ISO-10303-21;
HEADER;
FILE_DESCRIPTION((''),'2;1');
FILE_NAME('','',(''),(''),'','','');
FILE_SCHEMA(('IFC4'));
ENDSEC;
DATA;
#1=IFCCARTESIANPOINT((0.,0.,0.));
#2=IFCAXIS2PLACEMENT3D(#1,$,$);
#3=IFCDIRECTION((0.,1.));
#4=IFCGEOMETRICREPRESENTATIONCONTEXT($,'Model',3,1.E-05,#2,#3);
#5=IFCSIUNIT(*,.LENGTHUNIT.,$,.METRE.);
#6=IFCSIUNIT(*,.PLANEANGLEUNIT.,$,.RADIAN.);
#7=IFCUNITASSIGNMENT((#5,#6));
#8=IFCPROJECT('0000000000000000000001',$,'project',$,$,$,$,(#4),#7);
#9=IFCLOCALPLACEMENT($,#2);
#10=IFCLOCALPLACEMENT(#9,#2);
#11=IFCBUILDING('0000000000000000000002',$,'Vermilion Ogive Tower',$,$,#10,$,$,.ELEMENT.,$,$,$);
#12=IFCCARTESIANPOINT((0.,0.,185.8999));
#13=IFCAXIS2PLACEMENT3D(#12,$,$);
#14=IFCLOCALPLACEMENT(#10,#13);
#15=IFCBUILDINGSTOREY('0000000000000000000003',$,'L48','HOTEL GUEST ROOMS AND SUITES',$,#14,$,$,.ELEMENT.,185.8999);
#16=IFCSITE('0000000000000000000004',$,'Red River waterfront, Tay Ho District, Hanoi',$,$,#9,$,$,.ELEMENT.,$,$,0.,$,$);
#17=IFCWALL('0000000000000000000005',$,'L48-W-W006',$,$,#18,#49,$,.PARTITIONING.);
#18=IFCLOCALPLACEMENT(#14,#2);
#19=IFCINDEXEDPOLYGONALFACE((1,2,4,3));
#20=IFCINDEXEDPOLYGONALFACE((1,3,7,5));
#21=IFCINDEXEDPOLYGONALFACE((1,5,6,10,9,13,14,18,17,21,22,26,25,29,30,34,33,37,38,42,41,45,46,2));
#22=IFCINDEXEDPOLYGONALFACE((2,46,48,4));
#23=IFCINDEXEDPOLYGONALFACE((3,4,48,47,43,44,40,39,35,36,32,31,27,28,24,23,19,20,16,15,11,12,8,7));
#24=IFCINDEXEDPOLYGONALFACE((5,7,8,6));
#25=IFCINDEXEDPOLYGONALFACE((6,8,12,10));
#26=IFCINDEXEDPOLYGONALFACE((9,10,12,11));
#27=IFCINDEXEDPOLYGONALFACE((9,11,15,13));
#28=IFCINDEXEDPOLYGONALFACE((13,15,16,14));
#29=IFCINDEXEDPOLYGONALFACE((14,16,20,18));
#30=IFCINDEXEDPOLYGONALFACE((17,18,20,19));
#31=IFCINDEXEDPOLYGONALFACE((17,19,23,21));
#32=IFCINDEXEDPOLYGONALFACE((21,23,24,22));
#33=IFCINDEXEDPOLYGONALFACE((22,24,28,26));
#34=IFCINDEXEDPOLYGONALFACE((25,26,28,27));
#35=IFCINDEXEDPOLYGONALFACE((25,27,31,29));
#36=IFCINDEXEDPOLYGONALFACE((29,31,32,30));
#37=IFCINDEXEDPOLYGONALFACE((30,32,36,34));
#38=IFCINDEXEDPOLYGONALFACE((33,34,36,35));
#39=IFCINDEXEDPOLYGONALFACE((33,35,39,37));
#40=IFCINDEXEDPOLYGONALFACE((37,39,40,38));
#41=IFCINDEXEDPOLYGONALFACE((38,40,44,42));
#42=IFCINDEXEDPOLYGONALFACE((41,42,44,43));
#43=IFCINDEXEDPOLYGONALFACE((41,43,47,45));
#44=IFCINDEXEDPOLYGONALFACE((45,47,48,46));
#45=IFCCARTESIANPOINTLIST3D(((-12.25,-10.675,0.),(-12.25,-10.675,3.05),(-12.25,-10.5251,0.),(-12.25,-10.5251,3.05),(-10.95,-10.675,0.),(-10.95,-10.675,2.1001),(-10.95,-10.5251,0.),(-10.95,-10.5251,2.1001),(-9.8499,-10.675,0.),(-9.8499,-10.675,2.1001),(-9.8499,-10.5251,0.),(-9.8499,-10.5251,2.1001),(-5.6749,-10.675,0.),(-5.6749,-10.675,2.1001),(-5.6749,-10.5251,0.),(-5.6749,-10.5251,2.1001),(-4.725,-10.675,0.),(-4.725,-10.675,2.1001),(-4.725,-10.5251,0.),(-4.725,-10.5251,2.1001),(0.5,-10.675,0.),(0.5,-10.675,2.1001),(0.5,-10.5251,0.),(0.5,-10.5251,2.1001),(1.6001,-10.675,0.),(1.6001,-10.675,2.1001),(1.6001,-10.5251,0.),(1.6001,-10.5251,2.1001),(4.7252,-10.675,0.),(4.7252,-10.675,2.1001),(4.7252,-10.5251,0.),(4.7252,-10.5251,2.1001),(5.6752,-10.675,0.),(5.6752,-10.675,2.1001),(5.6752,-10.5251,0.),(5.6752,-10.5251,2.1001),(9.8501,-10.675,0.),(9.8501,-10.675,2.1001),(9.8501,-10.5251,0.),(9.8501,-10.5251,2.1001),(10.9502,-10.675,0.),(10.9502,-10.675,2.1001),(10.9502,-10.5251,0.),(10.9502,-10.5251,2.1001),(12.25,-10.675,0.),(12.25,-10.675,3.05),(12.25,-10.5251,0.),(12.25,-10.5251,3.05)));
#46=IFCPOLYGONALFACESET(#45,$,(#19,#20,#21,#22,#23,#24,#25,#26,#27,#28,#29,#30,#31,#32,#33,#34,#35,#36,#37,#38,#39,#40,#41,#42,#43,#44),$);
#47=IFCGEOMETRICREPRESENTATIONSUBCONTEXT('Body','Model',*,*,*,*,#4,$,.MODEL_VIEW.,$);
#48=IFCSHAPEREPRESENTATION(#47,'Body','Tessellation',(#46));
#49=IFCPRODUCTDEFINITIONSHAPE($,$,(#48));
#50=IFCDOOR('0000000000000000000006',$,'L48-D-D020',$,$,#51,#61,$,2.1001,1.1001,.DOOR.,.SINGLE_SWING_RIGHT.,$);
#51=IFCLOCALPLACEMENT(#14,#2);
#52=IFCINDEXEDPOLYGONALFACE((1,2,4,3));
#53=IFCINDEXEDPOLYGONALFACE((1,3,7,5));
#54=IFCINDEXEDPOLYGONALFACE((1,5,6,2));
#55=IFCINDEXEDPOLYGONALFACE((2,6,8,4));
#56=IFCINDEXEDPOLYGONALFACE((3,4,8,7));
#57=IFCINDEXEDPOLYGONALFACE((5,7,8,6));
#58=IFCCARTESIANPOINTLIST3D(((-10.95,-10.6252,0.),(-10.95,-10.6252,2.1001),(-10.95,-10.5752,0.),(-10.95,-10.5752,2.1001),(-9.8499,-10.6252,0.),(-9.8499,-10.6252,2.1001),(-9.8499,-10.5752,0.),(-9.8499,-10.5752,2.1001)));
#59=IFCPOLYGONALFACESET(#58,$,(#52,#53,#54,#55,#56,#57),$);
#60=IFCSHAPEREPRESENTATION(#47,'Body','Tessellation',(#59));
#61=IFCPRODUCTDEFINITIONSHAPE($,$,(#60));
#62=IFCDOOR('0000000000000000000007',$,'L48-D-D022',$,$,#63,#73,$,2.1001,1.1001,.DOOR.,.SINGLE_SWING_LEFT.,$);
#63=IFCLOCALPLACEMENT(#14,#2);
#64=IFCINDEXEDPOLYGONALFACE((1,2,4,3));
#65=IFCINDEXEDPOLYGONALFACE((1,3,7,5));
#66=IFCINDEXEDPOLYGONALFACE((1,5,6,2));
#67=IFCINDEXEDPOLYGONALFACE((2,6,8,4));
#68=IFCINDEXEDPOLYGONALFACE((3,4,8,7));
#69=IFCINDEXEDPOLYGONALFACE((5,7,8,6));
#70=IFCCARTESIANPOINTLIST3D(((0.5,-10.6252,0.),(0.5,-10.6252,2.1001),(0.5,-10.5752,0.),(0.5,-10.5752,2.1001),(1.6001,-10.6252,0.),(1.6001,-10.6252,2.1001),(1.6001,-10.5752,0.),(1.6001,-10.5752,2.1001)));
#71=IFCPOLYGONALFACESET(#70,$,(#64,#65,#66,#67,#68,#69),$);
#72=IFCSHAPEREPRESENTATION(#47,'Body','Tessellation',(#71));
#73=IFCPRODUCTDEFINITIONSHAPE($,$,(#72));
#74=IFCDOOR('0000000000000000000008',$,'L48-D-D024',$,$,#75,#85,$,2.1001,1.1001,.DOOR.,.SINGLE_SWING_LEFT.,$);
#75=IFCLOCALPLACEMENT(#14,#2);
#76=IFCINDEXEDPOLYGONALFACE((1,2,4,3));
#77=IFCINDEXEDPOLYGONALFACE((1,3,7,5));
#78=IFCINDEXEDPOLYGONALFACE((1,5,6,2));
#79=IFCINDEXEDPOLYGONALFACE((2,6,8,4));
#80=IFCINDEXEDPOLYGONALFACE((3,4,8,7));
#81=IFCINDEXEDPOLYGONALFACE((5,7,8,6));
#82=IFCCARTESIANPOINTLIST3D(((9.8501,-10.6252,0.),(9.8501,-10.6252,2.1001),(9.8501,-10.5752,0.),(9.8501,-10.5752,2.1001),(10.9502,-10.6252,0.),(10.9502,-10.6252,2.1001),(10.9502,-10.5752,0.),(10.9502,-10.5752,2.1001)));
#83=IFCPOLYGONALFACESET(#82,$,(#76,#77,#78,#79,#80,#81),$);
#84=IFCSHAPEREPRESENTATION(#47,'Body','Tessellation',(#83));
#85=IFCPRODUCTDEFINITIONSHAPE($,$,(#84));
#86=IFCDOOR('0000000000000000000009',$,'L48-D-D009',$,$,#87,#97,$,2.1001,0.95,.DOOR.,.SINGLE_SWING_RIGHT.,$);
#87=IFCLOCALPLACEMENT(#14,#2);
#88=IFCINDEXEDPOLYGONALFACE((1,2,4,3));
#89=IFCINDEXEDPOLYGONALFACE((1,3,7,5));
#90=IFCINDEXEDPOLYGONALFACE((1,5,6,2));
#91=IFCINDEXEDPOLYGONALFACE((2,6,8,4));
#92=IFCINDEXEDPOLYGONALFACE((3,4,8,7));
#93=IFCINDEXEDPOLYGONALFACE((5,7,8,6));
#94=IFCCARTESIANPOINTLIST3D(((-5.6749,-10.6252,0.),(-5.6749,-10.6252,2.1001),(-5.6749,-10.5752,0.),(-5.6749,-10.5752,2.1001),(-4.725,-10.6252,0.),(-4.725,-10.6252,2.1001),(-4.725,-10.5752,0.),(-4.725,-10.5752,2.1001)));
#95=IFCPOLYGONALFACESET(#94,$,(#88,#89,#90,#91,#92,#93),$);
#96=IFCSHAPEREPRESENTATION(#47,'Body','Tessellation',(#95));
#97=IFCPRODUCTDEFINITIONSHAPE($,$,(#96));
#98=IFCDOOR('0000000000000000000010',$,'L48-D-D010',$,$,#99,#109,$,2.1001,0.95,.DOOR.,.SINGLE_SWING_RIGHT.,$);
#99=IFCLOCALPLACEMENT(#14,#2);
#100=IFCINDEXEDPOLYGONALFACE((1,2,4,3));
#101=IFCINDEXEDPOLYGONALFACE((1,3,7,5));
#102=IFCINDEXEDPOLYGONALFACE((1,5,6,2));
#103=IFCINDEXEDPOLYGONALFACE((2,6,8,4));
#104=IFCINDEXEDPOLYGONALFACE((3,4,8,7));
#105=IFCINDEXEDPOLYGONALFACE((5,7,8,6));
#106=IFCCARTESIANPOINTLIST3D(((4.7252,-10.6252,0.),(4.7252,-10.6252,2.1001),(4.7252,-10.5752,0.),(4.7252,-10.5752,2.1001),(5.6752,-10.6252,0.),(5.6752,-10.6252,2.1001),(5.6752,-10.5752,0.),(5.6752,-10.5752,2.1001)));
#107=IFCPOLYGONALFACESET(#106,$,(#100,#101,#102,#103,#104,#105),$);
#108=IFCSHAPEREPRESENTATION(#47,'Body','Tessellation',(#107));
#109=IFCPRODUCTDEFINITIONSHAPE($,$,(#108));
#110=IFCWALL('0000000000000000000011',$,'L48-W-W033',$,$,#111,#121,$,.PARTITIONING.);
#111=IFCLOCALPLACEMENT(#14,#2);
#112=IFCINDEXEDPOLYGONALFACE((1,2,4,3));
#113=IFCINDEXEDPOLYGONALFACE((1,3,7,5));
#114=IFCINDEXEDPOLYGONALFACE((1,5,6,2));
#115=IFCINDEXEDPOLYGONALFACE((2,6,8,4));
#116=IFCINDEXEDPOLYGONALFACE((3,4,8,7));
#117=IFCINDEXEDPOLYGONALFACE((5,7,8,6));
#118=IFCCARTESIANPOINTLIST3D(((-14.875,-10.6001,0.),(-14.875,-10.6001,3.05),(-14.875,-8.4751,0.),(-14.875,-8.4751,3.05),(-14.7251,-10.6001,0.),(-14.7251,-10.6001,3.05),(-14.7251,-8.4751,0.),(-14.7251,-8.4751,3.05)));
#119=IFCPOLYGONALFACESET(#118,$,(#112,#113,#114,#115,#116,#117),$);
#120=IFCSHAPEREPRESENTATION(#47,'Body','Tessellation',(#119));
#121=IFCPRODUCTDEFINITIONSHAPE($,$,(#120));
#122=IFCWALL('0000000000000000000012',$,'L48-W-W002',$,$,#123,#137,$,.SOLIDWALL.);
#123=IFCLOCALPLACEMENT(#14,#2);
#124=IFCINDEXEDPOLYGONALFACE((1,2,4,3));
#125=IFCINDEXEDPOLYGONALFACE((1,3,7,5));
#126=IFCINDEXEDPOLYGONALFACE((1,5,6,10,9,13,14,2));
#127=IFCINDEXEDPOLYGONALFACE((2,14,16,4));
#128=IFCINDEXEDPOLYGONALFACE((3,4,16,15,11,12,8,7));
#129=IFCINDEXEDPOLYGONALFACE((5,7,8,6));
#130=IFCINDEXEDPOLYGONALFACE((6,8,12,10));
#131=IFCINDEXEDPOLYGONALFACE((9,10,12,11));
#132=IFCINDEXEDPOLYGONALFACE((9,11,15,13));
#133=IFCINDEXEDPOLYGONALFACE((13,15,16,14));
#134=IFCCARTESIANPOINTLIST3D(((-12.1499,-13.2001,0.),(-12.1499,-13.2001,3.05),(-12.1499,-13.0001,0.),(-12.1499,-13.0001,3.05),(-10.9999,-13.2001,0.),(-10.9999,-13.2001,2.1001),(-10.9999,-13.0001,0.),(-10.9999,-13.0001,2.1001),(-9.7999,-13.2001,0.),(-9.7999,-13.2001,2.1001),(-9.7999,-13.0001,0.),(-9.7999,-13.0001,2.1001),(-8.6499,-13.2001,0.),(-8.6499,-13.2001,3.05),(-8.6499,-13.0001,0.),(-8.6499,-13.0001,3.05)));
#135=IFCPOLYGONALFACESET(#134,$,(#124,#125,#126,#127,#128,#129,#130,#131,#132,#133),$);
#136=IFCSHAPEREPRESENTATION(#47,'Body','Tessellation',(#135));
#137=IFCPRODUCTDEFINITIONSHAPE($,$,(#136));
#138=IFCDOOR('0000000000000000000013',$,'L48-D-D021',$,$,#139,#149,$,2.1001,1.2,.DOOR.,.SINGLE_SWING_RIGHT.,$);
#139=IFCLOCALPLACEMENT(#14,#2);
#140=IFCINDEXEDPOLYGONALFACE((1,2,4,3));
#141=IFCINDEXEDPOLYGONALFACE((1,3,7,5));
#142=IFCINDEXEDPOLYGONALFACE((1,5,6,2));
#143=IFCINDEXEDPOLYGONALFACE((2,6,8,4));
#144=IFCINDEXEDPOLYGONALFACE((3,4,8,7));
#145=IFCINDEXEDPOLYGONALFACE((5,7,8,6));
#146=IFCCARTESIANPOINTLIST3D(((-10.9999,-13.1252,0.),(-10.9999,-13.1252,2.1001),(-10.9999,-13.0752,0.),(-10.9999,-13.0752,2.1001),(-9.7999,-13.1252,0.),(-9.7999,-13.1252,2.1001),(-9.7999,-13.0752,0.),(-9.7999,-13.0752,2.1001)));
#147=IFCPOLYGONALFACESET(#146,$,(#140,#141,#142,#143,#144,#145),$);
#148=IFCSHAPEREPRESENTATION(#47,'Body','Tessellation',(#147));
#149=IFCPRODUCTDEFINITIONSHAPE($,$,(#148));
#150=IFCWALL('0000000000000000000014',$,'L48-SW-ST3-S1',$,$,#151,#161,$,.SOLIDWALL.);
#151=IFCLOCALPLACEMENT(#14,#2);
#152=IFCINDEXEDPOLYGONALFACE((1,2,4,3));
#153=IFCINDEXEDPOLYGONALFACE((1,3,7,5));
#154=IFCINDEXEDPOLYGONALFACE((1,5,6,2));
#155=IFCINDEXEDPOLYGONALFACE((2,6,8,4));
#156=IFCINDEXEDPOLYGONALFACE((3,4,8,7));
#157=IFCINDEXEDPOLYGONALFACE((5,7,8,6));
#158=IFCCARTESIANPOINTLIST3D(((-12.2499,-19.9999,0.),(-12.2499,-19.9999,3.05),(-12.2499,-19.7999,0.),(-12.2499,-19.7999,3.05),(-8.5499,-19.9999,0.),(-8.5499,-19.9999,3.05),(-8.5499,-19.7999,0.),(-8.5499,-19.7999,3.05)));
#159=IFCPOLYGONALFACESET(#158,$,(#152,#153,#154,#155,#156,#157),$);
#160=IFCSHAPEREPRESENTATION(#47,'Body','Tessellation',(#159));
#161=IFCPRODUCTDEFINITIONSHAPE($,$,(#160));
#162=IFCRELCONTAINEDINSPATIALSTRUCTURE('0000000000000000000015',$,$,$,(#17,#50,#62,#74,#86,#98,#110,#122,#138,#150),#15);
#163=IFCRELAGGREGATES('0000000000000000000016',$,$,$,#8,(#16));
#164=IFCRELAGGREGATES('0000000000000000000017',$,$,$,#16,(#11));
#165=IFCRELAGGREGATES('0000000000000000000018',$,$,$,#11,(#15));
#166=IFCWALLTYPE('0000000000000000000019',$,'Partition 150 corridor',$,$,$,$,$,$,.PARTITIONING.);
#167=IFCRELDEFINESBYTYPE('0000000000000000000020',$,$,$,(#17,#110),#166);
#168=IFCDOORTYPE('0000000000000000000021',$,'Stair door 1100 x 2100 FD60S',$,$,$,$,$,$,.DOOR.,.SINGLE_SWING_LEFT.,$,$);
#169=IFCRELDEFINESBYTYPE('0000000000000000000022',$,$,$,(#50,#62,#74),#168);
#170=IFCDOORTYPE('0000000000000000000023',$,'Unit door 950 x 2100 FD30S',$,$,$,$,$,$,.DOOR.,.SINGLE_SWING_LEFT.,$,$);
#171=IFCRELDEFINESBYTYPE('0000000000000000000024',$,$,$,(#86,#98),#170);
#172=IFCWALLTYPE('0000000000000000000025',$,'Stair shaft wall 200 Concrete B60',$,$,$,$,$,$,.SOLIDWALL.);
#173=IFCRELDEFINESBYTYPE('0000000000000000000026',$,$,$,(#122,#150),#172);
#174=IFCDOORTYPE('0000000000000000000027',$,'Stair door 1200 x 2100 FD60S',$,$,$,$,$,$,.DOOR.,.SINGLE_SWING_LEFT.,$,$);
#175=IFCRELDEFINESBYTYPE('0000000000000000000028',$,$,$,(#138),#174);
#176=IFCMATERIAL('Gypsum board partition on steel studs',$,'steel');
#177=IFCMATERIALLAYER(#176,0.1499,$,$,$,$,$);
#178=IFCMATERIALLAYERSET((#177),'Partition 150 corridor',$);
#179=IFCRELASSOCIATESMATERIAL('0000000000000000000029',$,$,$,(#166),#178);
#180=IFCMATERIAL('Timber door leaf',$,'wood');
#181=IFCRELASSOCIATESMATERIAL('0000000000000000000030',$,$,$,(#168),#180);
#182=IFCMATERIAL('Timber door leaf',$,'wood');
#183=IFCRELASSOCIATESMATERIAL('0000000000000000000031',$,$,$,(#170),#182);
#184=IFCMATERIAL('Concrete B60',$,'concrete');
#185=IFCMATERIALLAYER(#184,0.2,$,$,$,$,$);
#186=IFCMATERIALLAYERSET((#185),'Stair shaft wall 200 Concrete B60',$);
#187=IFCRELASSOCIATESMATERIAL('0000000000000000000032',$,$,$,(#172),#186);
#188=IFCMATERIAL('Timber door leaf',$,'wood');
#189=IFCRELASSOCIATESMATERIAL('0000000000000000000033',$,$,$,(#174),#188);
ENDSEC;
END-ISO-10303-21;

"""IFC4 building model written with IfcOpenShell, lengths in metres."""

from ifc_helpers import new_model, si_unit, direction, frame, frame_2d, origin, place, context, subcontext, project, spatial, rectangle, extrude, material, layer, layer_set, type_object, element, fill, save


model = new_model("IFC4")

# Units and contexts
model_context = context("Model", 3, precision=1e-05, world=origin(), true_north=direction((0.0, 1.0)))
body_context = subcontext(model_context, "Body", "Model", "MODEL_VIEW")
ifc_project = project(units=[si_unit("LENGTHUNIT", "METRE"), si_unit("PLANEANGLEUNIT", "RADIAN")], contexts=[model_context])

# Site, building, storey
site_placement = place(None, origin())
site = spatial("IfcSite", under=ifc_project, at=site_placement, Name="Red River waterfront, Tay Ho District, Hanoi", CompositionType="ELEMENT", RefElevation=0.0)
building_placement = place(site_placement, origin())
building = spatial("IfcBuilding", under=site, at=building_placement, Name="Vermilion Ogive Tower", CompositionType="ELEMENT")
storey_placement = place(building_placement, frame((0.0, 0.0, 185.8999)))
storey = spatial("IfcBuildingStorey", under=building, at=storey_placement, Name="L48", Description="HOTEL GUEST ROOMS AND SUITES", CompositionType="ELEMENT", Elevation=185.8999)

# Wall, openings, doors
ifc_material_1 = material(Name="Gypsum board partition on steel studs", Category="steel")
ifc_layer_1 = layer(ifc_material_1, 0.1499)
ifc_layer_set_1 = layer_set([ifc_layer_1], Name="Partition 150 corridor")
wall_type_1 = type_object("IfcWallType", Name="Partition 150 corridor", PredefinedType="PARTITIONING", material=ifc_layer_set_1)
wall_1_placement = place(storey_placement, frame((-12.25, -10.6001, 0.0), z_axis=(0.0, 0.0, 1.0), x_axis=(1.0, 0.0, 0.0)))
wall_1 = element("IfcWall", 1, at=wall_1_placement, inside=storey, type_object=wall_type_1, Name="L48-W-W006", PredefinedType="PARTITIONING", context=body_context, shape_type="SweptSolid", body=[
    extrude(rectangle(XDim=24.5, YDim=0.1499, at=frame_2d((12.25, 0.0))), origin(), (0.0, 0.0, 1.0), 3.05),
])
opening_1_placement = place(wall_1_placement, frame((6.575, 0.0, 0.0)))
opening_1 = element("IfcOpeningElement", 2, at=opening_1_placement, cuts=wall_1, PredefinedType="OPENING", context=body_context, shape_type="SweptSolid", body=[
    extrude(rectangle(XDim=0.95, YDim=2.1001, at=frame_2d((0.4751, 1.05))), frame((0.0, 0.085, 0.0), z_axis=(0.0, -1.0, 0.0), x_axis=(1.0, 0.0, 0.0)), (0.0, 0.0, 1.0), 0.1699),
])
opening_2_placement = place(wall_1_placement, frame((16.9751, 0.0, 0.0)))
opening_2 = element("IfcOpeningElement", 3, at=opening_2_placement, cuts=wall_1, PredefinedType="OPENING", context=body_context, shape_type="SweptSolid", body=[
    extrude(rectangle(XDim=0.95, YDim=2.1001, at=frame_2d((0.4751, 1.05))), frame((0.0, 0.085, 0.0), z_axis=(0.0, -1.0, 0.0), x_axis=(1.0, 0.0, 0.0)), (0.0, 0.0, 1.0), 0.1699),
])
opening_3_placement = place(wall_1_placement, frame((1.3, 0.0, 0.0)))
opening_3 = element("IfcOpeningElement", 4, at=opening_3_placement, cuts=wall_1, PredefinedType="OPENING", context=body_context, shape_type="SweptSolid", body=[
    extrude(rectangle(XDim=1.1001, YDim=2.1001, at=frame_2d((0.55, 1.05))), frame((0.0, 0.085, 0.0), z_axis=(0.0, -1.0, 0.0), x_axis=(1.0, 0.0, 0.0)), (0.0, 0.0, 1.0), 0.1699),
])
opening_4_placement = place(wall_1_placement, frame((12.75, 0.0, 0.0)))
opening_4 = element("IfcOpeningElement", 5, at=opening_4_placement, cuts=wall_1, PredefinedType="OPENING", context=body_context, shape_type="SweptSolid", body=[
    extrude(rectangle(XDim=1.1001, YDim=2.1001, at=frame_2d((0.55, 1.05))), frame((0.0, 0.085, 0.0), z_axis=(0.0, -1.0, 0.0), x_axis=(1.0, 0.0, 0.0)), (0.0, 0.0, 1.0), 0.1699),
])
opening_5_placement = place(wall_1_placement, frame((22.1001, 0.0, 0.0)))
opening_5 = element("IfcOpeningElement", 6, at=opening_5_placement, cuts=wall_1, PredefinedType="OPENING", context=body_context, shape_type="SweptSolid", body=[
    extrude(rectangle(XDim=1.1001, YDim=2.1001, at=frame_2d((0.55, 1.05))), frame((0.0, 0.085, 0.0), z_axis=(0.0, -1.0, 0.0), x_axis=(1.0, 0.0, 0.0)), (0.0, 0.0, 1.0), 0.1699),
])
ifc_material_2 = material(Name="Timber door leaf", Category="wood")
door_type_1 = type_object("IfcDoorType", Name="Stair door 1100 x 2100 FD60S", OperationType="SINGLE_SWING_LEFT", PredefinedType="DOOR", material=ifc_material_2)
door_1_placement = place(opening_3_placement, origin())
door_1 = element("IfcDoor", 7, at=door_1_placement, inside=storey, type_object=door_type_1, Name="L48-D-D020", OperationType="SINGLE_SWING_RIGHT", OverallHeight=2.1001, OverallWidth=1.1001, PredefinedType="DOOR", context=body_context, shape_type="SweptSolid", body=[
    extrude(rectangle(XDim=1.1001, YDim=2.1001, at=frame_2d((0.55, 1.05))), frame((0.0, 0.0249, 0.0), z_axis=(0.0, -1.0, 0.0), x_axis=(1.0, 0.0, 0.0)), (0.0, 0.0, 1.0), 0.05),
])
fill(opening_3, door_1)
door_2_placement = place(opening_4_placement, origin())
door_2 = element("IfcDoor", 8, at=door_2_placement, inside=storey, type_object=door_type_1, Name="L48-D-D022", OperationType="SINGLE_SWING_LEFT", OverallHeight=2.1001, OverallWidth=1.1001, PredefinedType="DOOR", context=body_context, shape_type="SweptSolid", body=[
    extrude(rectangle(XDim=1.1001, YDim=2.1001, at=frame_2d((0.55, 1.05))), frame((0.0, 0.0249, 0.0), z_axis=(0.0, -1.0, 0.0), x_axis=(1.0, 0.0, 0.0)), (0.0, 0.0, 1.0), 0.05),
])
fill(opening_4, door_2)
door_3_placement = place(opening_5_placement, origin())
door_3 = element("IfcDoor", 9, at=door_3_placement, inside=storey, type_object=door_type_1, Name="L48-D-D024", OperationType="SINGLE_SWING_LEFT", OverallHeight=2.1001, OverallWidth=1.1001, PredefinedType="DOOR", context=body_context, shape_type="SweptSolid", body=[
    extrude(rectangle(XDim=1.1001, YDim=2.1001, at=frame_2d((0.55, 1.05))), frame((0.0, 0.0249, 0.0), z_axis=(0.0, -1.0, 0.0), x_axis=(1.0, 0.0, 0.0)), (0.0, 0.0, 1.0), 0.05),
])
fill(opening_5, door_3)
ifc_material_3 = material(Name="Timber door leaf", Category="wood")
door_type_2 = type_object("IfcDoorType", Name="Unit door 950 x 2100 FD30S", OperationType="SINGLE_SWING_LEFT", PredefinedType="DOOR", material=ifc_material_3)
door_4_placement = place(opening_1_placement, origin())
door_4 = element("IfcDoor", 10, at=door_4_placement, inside=storey, type_object=door_type_2, Name="L48-D-D009", OperationType="SINGLE_SWING_RIGHT", OverallHeight=2.1001, OverallWidth=0.95, PredefinedType="DOOR", context=body_context, shape_type="SweptSolid", body=[
    extrude(rectangle(XDim=0.95, YDim=2.1001, at=frame_2d((0.4751, 1.05))), frame((0.0, 0.0249, 0.0), z_axis=(0.0, -1.0, 0.0), x_axis=(1.0, 0.0, 0.0)), (0.0, 0.0, 1.0), 0.05),
])
fill(opening_1, door_4)
door_5_placement = place(opening_2_placement, origin())
door_5 = element("IfcDoor", 11, at=door_5_placement, inside=storey, type_object=door_type_2, Name="L48-D-D010", OperationType="SINGLE_SWING_RIGHT", OverallHeight=2.1001, OverallWidth=0.95, PredefinedType="DOOR", context=body_context, shape_type="SweptSolid", body=[
    extrude(rectangle(XDim=0.95, YDim=2.1001, at=frame_2d((0.4751, 1.05))), frame((0.0, 0.0249, 0.0), z_axis=(0.0, -1.0, 0.0), x_axis=(1.0, 0.0, 0.0)), (0.0, 0.0, 1.0), 0.05),
])
fill(opening_2, door_5)

# Wall
wall_2_placement = place(storey_placement, frame((-14.8, -10.6001, 0.0), z_axis=(0.0, 0.0, 1.0), x_axis=(0.0, 1.0, 0.0)))
element("IfcWall", 12, at=wall_2_placement, inside=storey, type_object=wall_type_1, Name="L48-W-W033", PredefinedType="PARTITIONING", context=body_context, shape_type="SweptSolid", body=[
    extrude(rectangle(XDim=2.125, YDim=0.1499, at=frame_2d((1.0625, 0.0))), origin(), (0.0, 0.0, 1.0), 3.05),
])

# Wall, opening, door
ifc_material_4 = material(Name="Concrete B60", Category="concrete")
ifc_layer_2 = layer(ifc_material_4, 0.2)
ifc_layer_set_2 = layer_set([ifc_layer_2], Name="Stair shaft wall 200 Concrete B60")
wall_type_2 = type_object("IfcWallType", Name="Stair shaft wall 200 Concrete B60", PredefinedType="SOLIDWALL", material=ifc_layer_set_2)
wall_3_placement = place(storey_placement, frame((-12.1499, -13.1001, 0.0), z_axis=(0.0, 0.0, 1.0), x_axis=(1.0, 0.0, 0.0)))
wall_3 = element("IfcWall", 13, at=wall_3_placement, inside=storey, type_object=wall_type_2, Name="L48-W-W002", PredefinedType="SOLIDWALL", context=body_context, shape_type="SweptSolid", body=[
    extrude(rectangle(XDim=3.5, YDim=0.2, at=frame_2d((1.75, 0.0))), origin(), (0.0, 0.0, 1.0), 3.05),
])
opening_6_placement = place(wall_3_placement, frame((1.1499, 0.0, 0.0)))
opening_6 = element("IfcOpeningElement", 14, at=opening_6_placement, cuts=wall_3, PredefinedType="OPENING", context=body_context, shape_type="SweptSolid", body=[
    extrude(rectangle(XDim=1.2, YDim=2.1001, at=frame_2d((0.6001, 1.05))), frame((0.0, 0.1099, 0.0), z_axis=(0.0, -1.0, 0.0), x_axis=(1.0, 0.0, 0.0)), (0.0, 0.0, 1.0), 0.22),
])
ifc_material_5 = material(Name="Timber door leaf", Category="wood")
door_type_3 = type_object("IfcDoorType", Name="Stair door 1200 x 2100 FD60S", OperationType="SINGLE_SWING_LEFT", PredefinedType="DOOR", material=ifc_material_5)
door_6_placement = place(opening_6_placement, origin())
door_6 = element("IfcDoor", 15, at=door_6_placement, inside=storey, type_object=door_type_3, Name="L48-D-D021", OperationType="SINGLE_SWING_RIGHT", OverallHeight=2.1001, OverallWidth=1.2, PredefinedType="DOOR", context=body_context, shape_type="SweptSolid", body=[
    extrude(rectangle(XDim=1.2, YDim=2.1001, at=frame_2d((0.6001, 1.05))), frame((0.0, 0.0249, 0.0), z_axis=(0.0, -1.0, 0.0), x_axis=(1.0, 0.0, 0.0)), (0.0, 0.0, 1.0), 0.05),
])
fill(opening_6, door_6)

# Wall
wall_4_placement = place(storey_placement, frame((-12.25, -19.8999, 0.0), z_axis=(0.0, 0.0, 1.0), x_axis=(1.0, 0.0, 0.0)))
element("IfcWall", 16, at=wall_4_placement, inside=storey, type_object=wall_type_2, Name="L48-SW-ST3-S1", PredefinedType="SOLIDWALL", context=body_context, shape_type="SweptSolid", body=[
    extrude(rectangle(XDim=3.7, YDim=0.2, at=frame_2d((1.8501, 0.0))), origin(), (0.0, 0.0, 1.0), 3.05),
])

save(model, "model.ifc")
